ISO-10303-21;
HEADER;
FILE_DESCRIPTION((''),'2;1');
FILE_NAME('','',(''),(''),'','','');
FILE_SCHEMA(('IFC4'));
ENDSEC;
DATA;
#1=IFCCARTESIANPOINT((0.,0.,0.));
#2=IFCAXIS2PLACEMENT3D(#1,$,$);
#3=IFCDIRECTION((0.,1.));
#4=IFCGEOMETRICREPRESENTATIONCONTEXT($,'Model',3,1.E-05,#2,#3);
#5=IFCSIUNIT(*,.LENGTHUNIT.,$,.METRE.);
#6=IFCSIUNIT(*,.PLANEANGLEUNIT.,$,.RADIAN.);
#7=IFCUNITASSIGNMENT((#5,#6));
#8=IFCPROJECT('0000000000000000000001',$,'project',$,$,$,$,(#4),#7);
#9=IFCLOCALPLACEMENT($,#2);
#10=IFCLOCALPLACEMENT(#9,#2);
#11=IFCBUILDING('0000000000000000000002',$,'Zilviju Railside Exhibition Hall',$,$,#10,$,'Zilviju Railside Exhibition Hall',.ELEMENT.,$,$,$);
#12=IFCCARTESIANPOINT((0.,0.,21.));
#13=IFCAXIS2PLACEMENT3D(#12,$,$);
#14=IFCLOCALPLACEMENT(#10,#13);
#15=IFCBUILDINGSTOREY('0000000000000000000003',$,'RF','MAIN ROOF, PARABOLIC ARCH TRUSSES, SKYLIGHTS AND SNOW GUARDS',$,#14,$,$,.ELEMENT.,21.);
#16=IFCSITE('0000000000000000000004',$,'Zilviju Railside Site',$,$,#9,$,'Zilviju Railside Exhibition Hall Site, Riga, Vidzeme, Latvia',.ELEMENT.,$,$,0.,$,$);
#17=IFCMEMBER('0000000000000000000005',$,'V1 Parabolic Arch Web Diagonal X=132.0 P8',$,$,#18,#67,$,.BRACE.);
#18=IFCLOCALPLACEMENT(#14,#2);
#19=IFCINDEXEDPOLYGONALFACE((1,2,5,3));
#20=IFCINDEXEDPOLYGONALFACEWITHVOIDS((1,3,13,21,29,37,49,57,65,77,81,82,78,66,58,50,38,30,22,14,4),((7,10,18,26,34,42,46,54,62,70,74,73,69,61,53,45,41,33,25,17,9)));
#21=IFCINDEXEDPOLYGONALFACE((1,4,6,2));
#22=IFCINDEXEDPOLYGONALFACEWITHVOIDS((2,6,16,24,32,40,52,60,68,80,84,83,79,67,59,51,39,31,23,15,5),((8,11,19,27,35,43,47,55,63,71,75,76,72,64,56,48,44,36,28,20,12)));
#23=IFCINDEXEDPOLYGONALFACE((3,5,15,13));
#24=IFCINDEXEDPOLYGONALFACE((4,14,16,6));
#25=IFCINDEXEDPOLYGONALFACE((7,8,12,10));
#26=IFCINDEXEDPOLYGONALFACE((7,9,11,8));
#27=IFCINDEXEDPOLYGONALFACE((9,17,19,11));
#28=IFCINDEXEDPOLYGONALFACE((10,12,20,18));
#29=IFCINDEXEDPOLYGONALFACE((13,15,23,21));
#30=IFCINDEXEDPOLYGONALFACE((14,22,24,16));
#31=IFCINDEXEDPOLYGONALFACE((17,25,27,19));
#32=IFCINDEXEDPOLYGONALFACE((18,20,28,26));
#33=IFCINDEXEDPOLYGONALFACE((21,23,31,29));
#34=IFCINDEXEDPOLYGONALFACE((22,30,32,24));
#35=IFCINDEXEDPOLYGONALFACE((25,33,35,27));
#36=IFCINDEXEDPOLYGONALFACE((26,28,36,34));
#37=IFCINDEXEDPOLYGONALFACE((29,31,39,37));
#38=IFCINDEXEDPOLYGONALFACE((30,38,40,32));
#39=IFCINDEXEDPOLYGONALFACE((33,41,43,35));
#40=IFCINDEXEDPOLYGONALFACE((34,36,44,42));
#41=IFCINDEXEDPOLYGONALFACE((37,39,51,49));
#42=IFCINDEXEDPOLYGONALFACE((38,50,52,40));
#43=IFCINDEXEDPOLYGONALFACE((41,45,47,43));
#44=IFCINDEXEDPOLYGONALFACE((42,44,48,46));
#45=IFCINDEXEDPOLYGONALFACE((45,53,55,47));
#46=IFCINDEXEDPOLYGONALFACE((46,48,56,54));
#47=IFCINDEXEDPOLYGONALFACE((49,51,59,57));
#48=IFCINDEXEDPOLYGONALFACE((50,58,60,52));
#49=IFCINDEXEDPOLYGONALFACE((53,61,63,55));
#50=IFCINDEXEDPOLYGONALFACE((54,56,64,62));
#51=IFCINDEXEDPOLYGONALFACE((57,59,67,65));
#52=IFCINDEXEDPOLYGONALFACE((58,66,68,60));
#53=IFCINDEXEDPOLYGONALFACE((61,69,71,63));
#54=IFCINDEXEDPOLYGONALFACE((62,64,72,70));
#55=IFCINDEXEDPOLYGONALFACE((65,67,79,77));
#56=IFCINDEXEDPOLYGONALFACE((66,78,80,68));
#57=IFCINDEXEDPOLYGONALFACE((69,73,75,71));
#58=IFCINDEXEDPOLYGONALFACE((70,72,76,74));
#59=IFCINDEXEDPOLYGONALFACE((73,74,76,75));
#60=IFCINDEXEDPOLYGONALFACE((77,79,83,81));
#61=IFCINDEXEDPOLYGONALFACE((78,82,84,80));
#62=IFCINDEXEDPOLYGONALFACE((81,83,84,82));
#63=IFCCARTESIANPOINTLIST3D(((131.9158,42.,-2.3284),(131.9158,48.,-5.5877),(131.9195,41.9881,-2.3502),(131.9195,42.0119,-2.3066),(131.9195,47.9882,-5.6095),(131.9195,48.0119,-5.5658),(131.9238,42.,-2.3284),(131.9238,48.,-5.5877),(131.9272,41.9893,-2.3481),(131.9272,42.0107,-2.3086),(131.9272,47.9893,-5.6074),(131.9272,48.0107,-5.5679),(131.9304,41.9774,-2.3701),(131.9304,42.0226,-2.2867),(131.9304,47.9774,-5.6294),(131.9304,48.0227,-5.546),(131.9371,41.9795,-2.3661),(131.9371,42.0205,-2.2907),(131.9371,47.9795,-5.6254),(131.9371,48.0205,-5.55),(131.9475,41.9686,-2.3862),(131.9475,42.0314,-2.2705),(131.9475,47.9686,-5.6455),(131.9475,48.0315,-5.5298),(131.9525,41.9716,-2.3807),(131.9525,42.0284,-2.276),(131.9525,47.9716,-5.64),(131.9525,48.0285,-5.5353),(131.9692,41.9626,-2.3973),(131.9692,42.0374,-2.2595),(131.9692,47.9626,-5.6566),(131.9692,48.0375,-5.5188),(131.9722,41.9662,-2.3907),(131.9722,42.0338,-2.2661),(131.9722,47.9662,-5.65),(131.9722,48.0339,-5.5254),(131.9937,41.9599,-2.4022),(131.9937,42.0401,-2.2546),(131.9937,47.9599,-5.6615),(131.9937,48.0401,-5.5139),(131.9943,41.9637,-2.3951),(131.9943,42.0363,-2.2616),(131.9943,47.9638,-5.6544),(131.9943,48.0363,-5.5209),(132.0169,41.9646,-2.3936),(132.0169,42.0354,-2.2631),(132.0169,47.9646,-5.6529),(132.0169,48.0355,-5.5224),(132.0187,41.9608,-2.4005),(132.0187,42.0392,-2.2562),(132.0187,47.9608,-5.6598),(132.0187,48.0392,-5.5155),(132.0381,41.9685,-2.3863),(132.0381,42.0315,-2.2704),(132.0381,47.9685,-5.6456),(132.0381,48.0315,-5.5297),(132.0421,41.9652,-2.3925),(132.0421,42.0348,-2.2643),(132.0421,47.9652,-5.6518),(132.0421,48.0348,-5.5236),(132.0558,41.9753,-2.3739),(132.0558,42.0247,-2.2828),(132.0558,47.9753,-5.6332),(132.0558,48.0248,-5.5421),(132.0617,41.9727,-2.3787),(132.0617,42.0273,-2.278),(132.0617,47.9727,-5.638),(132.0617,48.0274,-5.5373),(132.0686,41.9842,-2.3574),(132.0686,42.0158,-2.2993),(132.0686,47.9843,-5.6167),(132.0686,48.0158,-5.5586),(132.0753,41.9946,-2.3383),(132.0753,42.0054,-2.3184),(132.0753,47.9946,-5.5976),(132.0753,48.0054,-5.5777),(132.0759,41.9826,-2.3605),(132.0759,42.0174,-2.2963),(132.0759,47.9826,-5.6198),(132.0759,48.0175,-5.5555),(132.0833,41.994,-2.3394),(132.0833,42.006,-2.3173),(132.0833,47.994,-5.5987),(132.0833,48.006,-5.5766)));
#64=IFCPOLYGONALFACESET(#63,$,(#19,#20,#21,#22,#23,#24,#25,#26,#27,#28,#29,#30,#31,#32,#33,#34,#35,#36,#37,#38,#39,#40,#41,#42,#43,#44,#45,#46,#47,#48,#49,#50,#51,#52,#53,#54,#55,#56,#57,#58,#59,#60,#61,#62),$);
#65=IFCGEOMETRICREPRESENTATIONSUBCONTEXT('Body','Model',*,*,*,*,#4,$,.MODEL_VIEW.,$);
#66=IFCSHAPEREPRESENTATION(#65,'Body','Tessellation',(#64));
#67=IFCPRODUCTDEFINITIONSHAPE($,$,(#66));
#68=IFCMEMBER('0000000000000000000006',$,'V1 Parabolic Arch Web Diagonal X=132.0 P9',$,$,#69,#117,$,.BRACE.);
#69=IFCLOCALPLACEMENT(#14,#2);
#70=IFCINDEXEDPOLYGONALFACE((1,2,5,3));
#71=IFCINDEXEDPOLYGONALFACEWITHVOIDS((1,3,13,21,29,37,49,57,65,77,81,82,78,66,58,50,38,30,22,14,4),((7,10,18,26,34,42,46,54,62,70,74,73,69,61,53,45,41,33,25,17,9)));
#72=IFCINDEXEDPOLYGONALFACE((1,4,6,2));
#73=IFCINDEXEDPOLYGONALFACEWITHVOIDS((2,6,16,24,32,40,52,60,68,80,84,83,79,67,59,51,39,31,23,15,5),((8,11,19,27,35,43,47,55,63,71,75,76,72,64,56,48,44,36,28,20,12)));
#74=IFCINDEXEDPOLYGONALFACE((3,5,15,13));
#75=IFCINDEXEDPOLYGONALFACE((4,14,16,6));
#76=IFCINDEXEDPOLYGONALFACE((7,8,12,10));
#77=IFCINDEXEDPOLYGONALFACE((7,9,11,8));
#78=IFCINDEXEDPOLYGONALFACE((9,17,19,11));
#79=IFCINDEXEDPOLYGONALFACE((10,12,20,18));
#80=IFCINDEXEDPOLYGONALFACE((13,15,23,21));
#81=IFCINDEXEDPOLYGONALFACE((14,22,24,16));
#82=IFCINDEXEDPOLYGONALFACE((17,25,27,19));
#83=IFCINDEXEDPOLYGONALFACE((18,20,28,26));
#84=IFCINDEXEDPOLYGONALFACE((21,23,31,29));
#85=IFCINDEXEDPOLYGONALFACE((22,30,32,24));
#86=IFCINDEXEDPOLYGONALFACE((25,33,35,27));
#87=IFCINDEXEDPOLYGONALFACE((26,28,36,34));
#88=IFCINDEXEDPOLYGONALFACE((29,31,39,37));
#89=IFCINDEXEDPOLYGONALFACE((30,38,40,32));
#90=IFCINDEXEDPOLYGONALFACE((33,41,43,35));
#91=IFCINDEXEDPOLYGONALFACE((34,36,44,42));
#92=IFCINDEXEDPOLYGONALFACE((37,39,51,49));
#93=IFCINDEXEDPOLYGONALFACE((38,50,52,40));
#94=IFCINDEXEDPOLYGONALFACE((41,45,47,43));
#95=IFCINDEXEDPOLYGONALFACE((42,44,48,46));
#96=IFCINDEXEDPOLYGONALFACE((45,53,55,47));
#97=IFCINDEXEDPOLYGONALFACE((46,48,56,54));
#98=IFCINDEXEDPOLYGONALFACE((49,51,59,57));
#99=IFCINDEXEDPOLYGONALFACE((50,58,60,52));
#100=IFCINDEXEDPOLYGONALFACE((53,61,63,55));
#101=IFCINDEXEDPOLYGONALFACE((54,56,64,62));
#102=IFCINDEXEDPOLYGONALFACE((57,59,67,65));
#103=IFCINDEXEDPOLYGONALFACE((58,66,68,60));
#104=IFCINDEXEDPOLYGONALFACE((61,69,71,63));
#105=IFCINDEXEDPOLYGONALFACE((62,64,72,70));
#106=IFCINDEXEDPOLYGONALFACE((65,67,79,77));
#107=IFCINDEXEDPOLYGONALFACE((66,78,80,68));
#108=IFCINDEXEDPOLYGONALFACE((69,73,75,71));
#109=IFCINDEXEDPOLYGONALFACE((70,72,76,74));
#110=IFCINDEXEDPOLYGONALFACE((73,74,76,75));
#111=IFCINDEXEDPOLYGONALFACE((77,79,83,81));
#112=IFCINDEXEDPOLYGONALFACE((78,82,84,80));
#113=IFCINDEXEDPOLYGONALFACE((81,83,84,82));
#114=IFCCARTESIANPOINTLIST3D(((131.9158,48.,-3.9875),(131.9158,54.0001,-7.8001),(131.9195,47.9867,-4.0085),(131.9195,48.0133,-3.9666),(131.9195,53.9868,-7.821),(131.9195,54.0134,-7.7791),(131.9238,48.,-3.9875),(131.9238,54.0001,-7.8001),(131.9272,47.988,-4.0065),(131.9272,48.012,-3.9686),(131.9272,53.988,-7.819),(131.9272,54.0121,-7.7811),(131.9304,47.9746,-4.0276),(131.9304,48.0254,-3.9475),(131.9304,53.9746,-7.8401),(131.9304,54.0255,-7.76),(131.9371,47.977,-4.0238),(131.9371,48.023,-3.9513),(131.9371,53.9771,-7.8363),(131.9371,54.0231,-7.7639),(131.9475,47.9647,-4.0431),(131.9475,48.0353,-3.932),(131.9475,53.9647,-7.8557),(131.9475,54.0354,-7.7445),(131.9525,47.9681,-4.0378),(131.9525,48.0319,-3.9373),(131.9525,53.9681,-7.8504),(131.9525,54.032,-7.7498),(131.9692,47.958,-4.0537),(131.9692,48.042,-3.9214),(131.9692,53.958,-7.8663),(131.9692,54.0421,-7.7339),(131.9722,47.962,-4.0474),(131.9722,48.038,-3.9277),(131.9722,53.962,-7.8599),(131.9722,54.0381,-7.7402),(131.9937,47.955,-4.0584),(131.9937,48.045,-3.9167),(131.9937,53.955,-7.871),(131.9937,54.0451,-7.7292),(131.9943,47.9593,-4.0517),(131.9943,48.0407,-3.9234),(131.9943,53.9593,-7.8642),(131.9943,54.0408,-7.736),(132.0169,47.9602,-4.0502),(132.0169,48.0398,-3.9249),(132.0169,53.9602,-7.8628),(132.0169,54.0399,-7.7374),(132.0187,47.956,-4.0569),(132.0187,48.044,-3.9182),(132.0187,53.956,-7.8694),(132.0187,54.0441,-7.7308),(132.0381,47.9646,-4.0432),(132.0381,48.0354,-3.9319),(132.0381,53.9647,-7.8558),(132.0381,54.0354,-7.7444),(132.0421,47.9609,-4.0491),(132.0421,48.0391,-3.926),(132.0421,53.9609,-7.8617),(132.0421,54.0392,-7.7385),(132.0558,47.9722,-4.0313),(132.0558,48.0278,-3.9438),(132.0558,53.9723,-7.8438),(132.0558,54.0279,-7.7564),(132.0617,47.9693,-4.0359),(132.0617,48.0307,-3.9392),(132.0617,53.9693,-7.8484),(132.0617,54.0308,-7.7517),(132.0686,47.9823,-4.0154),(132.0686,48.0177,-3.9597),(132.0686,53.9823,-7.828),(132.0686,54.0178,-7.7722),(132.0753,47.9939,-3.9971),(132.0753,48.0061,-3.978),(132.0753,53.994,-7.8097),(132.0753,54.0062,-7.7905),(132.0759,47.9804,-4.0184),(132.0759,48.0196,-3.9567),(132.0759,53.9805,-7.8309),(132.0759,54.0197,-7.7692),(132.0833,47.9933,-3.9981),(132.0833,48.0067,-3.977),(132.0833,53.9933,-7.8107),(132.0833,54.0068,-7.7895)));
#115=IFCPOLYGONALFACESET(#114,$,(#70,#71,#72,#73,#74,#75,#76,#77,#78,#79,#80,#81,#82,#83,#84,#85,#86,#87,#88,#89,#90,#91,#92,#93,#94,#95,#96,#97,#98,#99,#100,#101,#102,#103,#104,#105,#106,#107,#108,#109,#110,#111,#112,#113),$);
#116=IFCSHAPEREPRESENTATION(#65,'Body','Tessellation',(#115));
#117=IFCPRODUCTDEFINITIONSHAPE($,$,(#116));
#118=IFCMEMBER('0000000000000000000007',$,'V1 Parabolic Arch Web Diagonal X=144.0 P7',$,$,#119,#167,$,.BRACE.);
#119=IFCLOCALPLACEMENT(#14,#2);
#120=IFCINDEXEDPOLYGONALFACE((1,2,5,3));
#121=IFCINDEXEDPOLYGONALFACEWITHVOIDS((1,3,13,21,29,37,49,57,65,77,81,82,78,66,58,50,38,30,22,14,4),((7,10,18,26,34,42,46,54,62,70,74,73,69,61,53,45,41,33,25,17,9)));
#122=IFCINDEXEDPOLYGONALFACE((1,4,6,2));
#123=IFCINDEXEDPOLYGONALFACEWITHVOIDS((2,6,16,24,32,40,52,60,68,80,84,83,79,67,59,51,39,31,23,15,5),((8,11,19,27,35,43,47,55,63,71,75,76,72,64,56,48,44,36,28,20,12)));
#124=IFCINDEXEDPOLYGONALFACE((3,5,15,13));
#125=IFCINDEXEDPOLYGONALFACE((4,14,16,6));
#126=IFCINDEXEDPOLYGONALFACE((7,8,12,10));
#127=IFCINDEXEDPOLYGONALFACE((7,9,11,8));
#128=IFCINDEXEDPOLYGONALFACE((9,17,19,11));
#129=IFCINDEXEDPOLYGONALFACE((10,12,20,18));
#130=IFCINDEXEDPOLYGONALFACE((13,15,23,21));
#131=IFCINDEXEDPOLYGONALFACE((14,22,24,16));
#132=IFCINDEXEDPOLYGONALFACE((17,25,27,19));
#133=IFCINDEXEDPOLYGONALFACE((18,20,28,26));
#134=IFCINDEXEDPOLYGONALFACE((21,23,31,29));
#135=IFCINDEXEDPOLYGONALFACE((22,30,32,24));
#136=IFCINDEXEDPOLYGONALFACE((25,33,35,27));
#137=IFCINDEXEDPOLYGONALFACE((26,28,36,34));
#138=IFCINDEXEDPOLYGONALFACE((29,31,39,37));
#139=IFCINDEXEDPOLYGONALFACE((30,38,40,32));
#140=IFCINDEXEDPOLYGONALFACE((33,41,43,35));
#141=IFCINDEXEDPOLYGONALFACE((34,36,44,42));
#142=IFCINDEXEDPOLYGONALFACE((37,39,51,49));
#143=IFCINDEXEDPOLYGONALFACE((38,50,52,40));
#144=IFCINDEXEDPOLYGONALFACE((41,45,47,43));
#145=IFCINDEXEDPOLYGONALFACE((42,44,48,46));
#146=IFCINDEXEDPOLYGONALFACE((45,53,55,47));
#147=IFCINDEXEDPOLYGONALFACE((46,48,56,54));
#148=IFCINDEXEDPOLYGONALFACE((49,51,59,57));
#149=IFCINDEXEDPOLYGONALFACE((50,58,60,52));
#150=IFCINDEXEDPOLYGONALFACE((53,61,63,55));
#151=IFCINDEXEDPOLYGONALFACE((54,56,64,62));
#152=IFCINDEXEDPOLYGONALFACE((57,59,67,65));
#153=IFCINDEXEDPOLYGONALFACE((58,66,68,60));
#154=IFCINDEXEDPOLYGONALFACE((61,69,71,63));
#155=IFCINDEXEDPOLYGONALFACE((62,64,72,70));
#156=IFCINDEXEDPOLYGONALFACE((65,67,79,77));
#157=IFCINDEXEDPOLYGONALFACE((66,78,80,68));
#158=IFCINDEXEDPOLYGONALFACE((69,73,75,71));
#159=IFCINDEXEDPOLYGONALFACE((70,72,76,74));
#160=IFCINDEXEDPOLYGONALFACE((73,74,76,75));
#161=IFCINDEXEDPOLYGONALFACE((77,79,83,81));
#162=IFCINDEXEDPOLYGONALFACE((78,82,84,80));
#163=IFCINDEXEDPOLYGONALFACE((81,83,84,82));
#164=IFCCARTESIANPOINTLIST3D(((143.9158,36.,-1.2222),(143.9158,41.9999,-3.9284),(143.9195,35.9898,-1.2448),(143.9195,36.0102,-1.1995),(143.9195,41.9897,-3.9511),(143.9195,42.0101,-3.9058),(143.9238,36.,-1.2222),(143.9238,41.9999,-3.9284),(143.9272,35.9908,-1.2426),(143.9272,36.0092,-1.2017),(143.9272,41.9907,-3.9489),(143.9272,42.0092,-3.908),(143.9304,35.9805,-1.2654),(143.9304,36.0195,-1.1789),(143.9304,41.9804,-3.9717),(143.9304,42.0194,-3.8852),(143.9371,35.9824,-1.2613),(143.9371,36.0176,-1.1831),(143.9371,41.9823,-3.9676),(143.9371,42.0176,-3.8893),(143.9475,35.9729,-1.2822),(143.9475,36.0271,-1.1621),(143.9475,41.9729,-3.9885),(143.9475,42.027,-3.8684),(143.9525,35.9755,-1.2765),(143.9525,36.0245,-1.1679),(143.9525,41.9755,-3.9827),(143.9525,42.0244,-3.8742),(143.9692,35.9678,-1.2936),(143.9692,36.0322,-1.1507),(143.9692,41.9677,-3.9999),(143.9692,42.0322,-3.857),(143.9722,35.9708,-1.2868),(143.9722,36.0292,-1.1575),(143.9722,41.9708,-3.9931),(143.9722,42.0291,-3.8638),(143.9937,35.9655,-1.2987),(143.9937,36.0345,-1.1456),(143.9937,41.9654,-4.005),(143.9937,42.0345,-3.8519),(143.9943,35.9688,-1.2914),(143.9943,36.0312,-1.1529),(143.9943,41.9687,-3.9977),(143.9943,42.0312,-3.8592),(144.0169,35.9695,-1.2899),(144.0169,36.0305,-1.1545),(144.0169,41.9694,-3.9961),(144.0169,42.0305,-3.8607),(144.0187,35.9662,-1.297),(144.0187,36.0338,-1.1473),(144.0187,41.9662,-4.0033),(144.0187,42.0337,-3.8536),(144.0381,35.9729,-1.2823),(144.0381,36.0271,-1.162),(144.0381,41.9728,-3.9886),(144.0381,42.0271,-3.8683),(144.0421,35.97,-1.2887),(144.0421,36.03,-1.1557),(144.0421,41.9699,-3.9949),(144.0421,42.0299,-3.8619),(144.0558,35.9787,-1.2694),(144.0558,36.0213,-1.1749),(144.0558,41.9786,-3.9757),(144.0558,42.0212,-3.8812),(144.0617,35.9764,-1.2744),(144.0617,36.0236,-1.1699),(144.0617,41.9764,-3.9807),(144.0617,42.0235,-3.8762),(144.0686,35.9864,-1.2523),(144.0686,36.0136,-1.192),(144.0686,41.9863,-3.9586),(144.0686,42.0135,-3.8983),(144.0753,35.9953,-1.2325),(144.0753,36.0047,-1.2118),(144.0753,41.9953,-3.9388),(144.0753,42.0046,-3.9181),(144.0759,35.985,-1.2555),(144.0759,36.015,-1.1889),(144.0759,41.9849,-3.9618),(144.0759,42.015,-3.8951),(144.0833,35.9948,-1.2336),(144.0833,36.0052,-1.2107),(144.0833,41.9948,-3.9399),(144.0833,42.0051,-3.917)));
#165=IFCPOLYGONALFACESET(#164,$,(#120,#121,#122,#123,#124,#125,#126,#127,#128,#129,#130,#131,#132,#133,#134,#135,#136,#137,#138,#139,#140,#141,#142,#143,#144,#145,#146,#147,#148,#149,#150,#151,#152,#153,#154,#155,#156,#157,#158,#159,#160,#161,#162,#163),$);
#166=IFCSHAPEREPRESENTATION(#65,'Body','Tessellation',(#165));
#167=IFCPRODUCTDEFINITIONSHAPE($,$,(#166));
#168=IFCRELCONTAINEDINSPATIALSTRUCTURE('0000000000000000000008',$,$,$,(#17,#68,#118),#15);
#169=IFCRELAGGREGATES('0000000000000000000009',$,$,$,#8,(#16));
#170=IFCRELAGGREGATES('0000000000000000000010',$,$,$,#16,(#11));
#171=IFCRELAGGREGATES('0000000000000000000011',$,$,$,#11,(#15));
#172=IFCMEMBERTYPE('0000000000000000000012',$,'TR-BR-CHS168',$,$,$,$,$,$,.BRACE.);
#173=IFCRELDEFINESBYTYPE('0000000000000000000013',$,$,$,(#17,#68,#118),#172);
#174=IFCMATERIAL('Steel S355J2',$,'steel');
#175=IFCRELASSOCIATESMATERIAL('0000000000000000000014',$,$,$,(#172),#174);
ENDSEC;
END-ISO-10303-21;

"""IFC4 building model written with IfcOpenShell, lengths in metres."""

from ifc_helpers import new_model, si_unit, direction, frame, origin, origin_2d, place, context, subcontext, project, spatial, hollow_circle, extrude, material, material_profile, profile_set, type_object, element, save


model = new_model("IFC4")

# Units and contexts
model_context = context("Model", 3, precision=1e-05, world=origin(), true_north=direction((0.0, 1.0)))
body_context = subcontext(model_context, "Body", "Model", "MODEL_VIEW")
ifc_project = project(units=[si_unit("LENGTHUNIT", "METRE"), si_unit("PLANEANGLEUNIT", "RADIAN")], contexts=[model_context])

# Site, building, storey
site_placement = place(None, origin())
site = spatial("IfcSite", under=ifc_project, at=site_placement, Name="Zilviju Railside Site", LongName="Zilviju Railside Exhibition Hall Site, Riga, Vidzeme, Latvia", CompositionType="ELEMENT", RefElevation=0.0)
building_placement = place(site_placement, origin())
building = spatial("IfcBuilding", under=site, at=building_placement, Name="Zilviju Railside Exhibition Hall", LongName="Zilviju Railside Exhibition Hall", CompositionType="ELEMENT")
storey_placement = place(building_placement, frame((0.0, 0.0, 21.0)))
storey = spatial("IfcBuildingStorey", under=building, at=storey_placement, Name="RF", Description="MAIN ROOF, PARABOLIC ARCH TRUSSES, SKYLIGHTS AND SNOW GUARDS", CompositionType="ELEMENT", Elevation=21.0)

# Members
ifc_material_1 = material(Name="Steel S355J2", Category="steel")
ifc_material_profile_1 = material_profile(ifc_material_1, hollow_circle(Radius=0.0842, WallThickness=0.0081, at=origin_2d()), Name="CHS 168.3x8.0")
ifc_profile_set_1 = profile_set([ifc_material_profile_1], Name="Steel S355J2")
member_type_1 = type_object("IfcMemberType", Name="TR-BR-CHS168", PredefinedType="BRACE", material=ifc_profile_set_1)
member_1_placement = place(storey_placement, frame((132.0, 42.0, -2.3284), z_axis=(0.0, 0.878722, -0.477333), x_axis=(-1.0, 0.0, 0.0)))
element("IfcMember", 1, at=member_1_placement, inside=storey, type_object=member_type_1, Name="V1 Parabolic Arch Web Diagonal X=132.0 P8", PredefinedType="BRACE", context=body_context, shape_type="SweptSolid", body=[
    extrude(hollow_circle(Radius=0.0842, WallThickness=0.0081, at=origin_2d()), origin(), (0.0, 0.0, 1.0), 6.8281),
])
member_2_placement = place(storey_placement, frame((132.0, 48.0, -3.9875), z_axis=(0.0, 0.844023, -0.536306), x_axis=(-1.0, 0.0, 0.0)))
element("IfcMember", 2, at=member_2_placement, inside=storey, type_object=member_type_1, Name="V1 Parabolic Arch Web Diagonal X=132.0 P9", PredefinedType="BRACE", context=body_context, shape_type="SweptSolid", body=[
    extrude(hollow_circle(Radius=0.0842, WallThickness=0.0081, at=origin_2d()), origin(), (0.0, 0.0, 1.0), 7.1089),
])
member_3_placement = place(storey_placement, frame((144.0, 36.0, -1.2222), z_axis=(0.0, 0.911563, -0.41116), x_axis=(-1.0, 0.0, 0.0)))
element("IfcMember", 3, at=member_3_placement, inside=storey, type_object=member_type_1, Name="V1 Parabolic Arch Web Diagonal X=144.0 P7", PredefinedType="BRACE", context=body_context, shape_type="SweptSolid", body=[
    extrude(hollow_circle(Radius=0.0842, WallThickness=0.0081, at=origin_2d()), origin(), (0.0, 0.0, 1.0), 6.582),
])

save(model, "model.ifc")
